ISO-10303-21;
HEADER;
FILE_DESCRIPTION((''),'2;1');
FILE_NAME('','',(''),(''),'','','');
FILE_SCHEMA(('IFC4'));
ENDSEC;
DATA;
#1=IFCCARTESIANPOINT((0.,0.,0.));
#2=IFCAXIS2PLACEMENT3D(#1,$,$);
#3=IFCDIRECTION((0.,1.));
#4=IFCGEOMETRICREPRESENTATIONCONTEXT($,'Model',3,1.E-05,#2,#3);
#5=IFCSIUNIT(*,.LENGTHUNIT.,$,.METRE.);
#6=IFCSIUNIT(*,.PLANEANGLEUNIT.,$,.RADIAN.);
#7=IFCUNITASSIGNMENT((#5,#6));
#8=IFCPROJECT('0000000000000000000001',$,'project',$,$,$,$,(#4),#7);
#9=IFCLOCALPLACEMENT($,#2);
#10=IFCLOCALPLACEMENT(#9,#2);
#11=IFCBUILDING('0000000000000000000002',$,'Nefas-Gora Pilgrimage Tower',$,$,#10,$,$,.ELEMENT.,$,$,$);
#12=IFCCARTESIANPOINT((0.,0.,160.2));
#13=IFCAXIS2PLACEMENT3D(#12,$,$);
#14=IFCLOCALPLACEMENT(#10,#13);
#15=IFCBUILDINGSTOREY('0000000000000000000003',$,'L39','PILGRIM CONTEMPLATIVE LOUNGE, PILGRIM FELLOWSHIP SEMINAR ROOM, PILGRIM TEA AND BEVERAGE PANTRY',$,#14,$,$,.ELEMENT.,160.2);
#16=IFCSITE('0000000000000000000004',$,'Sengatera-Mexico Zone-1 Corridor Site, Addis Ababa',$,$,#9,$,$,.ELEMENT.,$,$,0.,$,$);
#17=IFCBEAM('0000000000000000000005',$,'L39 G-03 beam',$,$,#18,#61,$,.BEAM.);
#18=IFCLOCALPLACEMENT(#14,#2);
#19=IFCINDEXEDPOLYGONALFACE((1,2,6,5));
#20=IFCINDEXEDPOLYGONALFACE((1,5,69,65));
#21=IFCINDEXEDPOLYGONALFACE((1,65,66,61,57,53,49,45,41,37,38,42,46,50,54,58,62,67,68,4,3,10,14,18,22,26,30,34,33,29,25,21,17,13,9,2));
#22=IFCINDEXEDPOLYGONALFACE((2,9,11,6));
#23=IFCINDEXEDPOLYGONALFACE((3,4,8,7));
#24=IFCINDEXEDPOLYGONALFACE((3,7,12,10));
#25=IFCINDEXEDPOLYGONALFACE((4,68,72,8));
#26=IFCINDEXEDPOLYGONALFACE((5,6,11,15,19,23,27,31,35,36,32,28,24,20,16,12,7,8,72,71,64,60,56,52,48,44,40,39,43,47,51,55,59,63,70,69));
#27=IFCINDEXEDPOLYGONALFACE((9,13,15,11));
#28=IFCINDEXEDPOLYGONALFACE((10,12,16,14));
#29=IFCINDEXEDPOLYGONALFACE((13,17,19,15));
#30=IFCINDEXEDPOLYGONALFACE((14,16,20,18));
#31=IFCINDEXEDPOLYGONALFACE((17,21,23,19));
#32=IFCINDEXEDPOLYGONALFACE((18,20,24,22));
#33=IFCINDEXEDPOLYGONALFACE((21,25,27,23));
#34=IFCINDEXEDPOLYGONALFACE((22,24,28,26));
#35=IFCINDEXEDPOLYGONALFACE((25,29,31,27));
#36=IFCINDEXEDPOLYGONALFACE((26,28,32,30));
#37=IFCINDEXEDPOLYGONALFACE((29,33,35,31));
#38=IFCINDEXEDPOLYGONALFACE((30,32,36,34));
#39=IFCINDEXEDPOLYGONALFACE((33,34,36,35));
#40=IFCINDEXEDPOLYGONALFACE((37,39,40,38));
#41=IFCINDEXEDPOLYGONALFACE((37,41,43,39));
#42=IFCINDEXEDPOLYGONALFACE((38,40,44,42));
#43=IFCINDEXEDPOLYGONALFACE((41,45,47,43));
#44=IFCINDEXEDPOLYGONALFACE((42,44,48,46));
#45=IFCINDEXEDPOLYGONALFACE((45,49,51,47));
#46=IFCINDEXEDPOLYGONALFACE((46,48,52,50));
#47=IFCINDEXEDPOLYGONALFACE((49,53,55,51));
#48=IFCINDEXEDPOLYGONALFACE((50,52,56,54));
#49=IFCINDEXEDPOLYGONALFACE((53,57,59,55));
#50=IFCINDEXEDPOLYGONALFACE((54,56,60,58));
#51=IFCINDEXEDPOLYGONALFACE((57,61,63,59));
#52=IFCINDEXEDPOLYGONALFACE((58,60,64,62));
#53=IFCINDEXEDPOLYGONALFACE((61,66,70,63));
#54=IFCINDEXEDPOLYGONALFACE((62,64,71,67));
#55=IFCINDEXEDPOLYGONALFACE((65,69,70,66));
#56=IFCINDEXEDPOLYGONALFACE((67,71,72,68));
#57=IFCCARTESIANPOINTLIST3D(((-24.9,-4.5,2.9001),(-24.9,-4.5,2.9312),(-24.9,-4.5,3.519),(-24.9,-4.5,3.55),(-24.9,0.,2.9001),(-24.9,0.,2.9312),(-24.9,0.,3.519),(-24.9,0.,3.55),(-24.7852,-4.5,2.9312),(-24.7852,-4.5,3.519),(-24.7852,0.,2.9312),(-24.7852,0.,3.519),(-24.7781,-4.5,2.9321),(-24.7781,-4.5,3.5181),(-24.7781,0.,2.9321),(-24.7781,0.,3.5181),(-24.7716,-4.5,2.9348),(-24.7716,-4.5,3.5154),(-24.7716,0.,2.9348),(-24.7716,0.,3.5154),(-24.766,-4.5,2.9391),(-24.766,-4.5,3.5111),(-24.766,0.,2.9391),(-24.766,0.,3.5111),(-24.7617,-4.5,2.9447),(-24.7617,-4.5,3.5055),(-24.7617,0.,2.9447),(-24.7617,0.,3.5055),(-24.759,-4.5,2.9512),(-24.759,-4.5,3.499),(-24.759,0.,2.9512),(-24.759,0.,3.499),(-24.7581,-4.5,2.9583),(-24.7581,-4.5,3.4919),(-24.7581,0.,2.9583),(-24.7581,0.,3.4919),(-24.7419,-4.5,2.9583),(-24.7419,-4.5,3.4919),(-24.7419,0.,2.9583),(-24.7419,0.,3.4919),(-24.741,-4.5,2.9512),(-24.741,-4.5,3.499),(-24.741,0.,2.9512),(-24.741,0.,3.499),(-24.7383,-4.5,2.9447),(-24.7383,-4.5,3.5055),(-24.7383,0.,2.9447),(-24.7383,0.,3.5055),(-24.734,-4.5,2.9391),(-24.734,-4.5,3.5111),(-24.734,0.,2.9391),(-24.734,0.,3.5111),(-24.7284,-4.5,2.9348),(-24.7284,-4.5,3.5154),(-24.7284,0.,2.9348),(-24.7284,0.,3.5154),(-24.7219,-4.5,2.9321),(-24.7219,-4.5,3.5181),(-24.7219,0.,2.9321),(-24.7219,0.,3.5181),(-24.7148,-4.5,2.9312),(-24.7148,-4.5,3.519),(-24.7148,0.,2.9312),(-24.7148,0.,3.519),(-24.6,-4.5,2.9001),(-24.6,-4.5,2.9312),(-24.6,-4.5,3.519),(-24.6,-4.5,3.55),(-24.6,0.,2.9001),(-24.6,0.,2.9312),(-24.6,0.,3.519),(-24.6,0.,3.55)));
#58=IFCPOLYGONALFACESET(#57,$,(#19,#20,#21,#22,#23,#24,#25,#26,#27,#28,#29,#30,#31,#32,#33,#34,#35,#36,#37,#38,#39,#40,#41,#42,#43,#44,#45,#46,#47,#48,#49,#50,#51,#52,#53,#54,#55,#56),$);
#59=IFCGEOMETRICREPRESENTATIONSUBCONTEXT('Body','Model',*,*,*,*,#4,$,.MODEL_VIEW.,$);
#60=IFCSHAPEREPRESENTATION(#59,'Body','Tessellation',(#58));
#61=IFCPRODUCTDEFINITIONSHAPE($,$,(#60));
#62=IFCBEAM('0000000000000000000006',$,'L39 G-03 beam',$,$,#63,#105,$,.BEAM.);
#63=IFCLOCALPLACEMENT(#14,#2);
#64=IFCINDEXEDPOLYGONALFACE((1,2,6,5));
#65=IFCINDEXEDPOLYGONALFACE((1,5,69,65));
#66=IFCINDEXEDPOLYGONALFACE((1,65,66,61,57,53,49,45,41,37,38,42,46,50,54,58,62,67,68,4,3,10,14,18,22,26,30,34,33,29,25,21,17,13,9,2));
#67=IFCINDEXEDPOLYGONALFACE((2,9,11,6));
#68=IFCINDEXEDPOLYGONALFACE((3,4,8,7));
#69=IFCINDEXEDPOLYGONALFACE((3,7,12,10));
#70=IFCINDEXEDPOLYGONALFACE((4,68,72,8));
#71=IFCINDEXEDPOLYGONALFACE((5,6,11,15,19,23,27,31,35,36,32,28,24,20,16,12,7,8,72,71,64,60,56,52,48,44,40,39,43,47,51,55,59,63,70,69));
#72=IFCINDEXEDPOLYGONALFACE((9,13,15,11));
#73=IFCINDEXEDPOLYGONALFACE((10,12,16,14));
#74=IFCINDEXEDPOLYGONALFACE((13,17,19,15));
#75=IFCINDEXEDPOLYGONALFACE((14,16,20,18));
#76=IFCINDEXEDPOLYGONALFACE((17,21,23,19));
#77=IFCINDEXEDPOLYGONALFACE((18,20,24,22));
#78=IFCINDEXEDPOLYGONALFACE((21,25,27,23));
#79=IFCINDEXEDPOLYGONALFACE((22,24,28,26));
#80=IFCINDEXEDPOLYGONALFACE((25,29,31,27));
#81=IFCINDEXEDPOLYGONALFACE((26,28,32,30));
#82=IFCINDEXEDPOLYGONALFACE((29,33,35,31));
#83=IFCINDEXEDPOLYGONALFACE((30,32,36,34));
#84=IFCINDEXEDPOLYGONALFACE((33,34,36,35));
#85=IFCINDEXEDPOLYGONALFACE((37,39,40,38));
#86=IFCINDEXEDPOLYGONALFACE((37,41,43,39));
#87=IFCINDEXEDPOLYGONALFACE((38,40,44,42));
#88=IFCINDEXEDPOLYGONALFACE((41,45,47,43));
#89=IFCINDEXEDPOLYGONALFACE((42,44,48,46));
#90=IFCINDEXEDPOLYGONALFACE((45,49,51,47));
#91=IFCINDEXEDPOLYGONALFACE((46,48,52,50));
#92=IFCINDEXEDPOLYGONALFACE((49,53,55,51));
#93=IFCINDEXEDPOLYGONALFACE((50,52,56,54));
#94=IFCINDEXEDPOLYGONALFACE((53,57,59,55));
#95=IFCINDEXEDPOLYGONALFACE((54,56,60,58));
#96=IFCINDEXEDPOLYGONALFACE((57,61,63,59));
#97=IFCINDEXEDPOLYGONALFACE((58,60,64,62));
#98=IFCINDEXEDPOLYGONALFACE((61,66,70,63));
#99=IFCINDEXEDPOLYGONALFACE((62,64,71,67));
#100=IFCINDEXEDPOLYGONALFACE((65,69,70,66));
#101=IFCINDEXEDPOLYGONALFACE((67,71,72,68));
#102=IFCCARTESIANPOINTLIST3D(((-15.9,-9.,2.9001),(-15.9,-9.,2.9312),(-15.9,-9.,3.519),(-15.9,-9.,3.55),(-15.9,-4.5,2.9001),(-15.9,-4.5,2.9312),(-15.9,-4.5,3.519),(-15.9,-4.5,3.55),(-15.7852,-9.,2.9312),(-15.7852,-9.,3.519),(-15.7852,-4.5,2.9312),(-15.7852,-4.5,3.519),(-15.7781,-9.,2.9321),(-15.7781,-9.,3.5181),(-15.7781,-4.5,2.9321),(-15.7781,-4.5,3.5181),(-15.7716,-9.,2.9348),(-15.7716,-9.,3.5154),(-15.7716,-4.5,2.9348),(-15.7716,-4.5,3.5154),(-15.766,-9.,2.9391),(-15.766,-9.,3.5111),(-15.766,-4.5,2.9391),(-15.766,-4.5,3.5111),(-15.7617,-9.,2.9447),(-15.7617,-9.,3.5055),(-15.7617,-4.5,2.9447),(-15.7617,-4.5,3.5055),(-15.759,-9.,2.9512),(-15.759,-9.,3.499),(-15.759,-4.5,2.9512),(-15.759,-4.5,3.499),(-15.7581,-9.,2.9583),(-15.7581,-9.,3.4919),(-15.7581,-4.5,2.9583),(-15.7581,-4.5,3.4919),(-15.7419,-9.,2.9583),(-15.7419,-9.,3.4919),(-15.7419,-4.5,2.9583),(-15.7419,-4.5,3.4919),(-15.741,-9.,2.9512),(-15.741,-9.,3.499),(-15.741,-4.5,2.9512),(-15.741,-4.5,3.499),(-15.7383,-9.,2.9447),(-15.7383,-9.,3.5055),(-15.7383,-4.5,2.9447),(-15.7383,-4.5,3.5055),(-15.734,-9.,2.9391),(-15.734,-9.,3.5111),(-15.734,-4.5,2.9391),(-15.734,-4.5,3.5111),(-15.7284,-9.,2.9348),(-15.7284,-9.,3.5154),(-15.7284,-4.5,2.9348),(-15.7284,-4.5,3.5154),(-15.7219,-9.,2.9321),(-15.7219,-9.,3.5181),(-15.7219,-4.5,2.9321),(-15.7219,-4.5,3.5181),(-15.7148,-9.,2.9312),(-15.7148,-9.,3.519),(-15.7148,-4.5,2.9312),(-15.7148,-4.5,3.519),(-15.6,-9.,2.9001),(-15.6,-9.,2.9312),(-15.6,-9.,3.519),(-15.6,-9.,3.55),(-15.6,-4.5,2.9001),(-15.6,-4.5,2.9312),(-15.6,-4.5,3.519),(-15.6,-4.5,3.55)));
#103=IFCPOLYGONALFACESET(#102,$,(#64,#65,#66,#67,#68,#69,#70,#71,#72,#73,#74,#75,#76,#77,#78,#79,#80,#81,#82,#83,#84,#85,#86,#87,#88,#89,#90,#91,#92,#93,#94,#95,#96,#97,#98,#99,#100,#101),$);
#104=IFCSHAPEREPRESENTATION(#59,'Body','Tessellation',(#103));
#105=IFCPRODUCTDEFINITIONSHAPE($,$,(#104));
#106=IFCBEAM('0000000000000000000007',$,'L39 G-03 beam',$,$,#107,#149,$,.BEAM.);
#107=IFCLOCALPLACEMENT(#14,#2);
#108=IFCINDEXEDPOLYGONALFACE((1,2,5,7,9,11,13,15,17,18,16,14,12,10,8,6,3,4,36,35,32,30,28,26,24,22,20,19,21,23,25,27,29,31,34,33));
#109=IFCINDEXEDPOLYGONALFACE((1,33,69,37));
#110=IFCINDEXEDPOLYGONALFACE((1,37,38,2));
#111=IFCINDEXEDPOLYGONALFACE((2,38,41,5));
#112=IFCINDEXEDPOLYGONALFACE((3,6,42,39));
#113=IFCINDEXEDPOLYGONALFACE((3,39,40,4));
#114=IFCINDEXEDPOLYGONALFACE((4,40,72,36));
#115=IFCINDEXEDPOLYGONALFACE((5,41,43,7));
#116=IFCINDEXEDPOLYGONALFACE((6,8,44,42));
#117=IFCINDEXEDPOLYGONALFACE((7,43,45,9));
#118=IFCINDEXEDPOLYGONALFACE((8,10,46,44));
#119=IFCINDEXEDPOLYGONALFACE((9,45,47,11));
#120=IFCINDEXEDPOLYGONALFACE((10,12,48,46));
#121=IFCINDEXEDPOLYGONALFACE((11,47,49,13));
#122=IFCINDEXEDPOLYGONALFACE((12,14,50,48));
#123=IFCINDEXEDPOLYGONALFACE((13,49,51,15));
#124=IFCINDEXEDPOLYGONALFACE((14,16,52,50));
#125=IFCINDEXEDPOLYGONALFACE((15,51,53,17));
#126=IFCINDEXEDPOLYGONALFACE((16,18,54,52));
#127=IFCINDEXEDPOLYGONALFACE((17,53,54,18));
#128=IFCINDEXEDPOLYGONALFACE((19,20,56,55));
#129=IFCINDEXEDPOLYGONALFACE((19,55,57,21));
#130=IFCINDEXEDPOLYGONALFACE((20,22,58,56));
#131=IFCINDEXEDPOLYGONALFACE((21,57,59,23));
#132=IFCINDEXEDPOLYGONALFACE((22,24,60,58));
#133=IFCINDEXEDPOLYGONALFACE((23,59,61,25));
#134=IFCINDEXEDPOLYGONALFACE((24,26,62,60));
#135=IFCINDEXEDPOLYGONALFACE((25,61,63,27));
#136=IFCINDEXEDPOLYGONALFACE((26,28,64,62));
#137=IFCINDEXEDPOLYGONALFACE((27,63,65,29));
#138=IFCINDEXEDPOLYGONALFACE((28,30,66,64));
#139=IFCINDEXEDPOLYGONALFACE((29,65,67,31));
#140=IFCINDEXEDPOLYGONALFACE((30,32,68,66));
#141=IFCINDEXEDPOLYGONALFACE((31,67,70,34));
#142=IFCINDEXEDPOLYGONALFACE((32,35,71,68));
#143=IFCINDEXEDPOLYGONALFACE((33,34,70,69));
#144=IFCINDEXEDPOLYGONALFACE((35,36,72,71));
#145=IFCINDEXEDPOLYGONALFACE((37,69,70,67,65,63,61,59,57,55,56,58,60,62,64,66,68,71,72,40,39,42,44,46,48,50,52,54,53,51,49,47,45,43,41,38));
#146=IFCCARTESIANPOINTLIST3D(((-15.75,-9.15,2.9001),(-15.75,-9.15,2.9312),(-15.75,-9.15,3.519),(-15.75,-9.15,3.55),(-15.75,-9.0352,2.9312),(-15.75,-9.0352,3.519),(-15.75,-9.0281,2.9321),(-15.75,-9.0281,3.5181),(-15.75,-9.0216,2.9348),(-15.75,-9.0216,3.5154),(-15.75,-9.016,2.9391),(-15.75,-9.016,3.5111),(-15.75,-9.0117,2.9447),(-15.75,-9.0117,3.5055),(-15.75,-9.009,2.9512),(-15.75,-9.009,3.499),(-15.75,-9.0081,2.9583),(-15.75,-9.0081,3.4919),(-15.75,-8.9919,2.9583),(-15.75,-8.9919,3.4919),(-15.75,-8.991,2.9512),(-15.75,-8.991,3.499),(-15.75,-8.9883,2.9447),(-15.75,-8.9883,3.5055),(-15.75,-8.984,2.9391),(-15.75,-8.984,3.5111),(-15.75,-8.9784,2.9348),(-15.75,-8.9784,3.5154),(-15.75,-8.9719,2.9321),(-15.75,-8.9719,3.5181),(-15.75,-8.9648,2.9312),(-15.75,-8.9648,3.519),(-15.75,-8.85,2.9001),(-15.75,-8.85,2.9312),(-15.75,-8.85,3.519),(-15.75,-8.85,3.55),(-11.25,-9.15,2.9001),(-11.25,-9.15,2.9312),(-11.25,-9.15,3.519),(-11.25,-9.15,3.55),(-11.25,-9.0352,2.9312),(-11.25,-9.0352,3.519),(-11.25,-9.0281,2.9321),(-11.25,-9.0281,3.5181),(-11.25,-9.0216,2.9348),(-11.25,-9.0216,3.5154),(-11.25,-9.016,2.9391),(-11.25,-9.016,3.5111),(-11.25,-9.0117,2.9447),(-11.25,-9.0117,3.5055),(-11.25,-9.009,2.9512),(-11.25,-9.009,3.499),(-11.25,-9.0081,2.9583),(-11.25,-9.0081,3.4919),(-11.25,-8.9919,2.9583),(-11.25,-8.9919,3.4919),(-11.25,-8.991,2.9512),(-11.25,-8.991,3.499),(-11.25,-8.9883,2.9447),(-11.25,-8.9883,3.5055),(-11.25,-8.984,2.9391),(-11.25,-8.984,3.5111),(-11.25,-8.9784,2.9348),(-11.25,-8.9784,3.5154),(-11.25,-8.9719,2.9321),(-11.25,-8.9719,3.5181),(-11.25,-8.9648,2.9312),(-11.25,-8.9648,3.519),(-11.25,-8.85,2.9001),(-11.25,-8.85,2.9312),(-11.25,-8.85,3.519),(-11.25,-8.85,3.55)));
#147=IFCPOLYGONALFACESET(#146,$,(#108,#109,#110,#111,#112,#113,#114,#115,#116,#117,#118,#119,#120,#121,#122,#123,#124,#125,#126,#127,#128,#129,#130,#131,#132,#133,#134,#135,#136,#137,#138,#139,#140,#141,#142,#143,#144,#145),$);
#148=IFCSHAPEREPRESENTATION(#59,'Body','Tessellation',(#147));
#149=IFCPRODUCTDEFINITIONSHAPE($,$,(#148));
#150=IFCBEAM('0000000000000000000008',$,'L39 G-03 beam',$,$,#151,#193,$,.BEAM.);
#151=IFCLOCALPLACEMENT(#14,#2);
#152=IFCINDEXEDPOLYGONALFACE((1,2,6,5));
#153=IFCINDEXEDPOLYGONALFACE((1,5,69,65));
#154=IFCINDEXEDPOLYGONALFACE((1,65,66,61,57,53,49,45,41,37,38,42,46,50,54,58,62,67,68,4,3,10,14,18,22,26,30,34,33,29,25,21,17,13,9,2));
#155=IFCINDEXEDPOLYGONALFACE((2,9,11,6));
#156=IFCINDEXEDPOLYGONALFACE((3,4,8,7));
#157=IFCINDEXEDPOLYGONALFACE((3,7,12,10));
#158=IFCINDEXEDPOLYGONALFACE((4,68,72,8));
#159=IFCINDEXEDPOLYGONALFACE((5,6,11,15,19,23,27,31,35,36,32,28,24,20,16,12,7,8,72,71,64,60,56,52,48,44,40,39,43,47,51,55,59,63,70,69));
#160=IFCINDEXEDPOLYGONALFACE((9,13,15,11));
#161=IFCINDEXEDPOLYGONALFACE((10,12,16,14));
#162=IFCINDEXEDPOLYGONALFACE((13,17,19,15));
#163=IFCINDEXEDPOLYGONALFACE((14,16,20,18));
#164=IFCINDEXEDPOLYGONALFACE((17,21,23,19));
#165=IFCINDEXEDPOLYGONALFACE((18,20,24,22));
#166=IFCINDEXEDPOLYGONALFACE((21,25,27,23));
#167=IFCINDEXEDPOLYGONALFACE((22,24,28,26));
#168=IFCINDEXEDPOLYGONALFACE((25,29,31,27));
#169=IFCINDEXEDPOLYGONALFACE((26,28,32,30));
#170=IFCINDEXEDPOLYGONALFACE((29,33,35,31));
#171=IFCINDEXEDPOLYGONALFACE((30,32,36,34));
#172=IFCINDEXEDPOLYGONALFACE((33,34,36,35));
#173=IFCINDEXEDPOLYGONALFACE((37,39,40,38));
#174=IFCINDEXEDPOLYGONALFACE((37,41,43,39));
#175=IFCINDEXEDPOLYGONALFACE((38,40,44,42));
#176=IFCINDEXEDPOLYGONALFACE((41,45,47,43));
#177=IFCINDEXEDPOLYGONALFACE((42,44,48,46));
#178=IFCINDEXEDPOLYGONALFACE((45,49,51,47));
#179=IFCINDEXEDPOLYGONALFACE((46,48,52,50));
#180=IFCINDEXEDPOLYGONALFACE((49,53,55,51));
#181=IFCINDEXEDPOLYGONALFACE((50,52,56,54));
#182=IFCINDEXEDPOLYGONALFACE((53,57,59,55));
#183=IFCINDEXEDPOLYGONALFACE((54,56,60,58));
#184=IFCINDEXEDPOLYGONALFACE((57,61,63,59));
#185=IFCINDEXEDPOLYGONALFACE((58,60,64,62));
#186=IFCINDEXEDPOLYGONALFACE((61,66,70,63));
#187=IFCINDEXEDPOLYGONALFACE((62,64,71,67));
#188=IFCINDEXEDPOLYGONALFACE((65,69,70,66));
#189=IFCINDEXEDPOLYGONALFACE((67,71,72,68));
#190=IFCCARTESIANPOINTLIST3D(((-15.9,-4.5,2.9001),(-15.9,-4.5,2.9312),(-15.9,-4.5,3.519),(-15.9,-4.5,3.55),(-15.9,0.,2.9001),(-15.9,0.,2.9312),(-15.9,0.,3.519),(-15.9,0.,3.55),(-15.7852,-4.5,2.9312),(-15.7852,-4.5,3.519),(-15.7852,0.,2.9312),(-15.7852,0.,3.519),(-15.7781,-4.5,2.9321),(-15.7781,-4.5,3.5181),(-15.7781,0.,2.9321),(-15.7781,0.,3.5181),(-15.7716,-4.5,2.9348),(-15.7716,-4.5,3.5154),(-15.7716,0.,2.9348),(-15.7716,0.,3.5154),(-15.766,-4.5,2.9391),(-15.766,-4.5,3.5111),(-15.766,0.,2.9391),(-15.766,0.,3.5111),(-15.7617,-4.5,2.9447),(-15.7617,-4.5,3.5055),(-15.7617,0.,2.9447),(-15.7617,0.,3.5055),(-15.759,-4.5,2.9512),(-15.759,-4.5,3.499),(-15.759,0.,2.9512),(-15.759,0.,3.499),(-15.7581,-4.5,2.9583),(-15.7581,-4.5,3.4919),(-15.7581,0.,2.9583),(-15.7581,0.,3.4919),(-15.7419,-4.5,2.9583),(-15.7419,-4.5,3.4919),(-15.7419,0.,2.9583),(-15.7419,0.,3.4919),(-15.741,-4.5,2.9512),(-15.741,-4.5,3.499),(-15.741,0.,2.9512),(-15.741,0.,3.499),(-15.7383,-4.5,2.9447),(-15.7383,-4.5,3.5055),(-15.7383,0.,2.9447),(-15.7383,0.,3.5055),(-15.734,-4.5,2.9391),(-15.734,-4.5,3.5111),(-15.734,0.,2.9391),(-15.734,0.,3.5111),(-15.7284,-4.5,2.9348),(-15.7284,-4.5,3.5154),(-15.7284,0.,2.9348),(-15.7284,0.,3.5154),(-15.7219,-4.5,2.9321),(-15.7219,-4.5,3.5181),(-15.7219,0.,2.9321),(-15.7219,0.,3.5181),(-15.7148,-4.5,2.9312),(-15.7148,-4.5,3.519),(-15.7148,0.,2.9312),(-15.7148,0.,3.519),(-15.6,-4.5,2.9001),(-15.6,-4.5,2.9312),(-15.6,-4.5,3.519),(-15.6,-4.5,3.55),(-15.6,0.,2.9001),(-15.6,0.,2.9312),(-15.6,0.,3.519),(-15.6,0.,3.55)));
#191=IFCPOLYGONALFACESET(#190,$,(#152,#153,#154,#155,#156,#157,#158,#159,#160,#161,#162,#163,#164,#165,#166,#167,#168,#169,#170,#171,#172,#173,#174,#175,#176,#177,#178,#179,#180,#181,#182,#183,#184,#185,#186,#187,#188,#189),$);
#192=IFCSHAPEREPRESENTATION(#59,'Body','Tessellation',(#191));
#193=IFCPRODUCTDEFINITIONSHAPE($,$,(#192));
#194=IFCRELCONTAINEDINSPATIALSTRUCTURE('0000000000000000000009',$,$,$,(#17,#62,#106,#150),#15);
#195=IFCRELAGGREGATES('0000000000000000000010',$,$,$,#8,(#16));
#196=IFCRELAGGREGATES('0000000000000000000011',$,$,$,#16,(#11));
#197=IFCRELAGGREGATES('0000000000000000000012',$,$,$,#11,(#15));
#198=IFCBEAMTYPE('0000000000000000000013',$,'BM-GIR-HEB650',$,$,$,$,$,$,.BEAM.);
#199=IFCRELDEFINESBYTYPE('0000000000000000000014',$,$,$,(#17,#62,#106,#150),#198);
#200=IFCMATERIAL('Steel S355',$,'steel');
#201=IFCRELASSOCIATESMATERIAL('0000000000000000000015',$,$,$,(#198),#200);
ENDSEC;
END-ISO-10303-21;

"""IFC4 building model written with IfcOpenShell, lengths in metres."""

from ifc_helpers import new_model, si_unit, direction, frame, origin, origin_2d, place, context, subcontext, project, spatial, i_section, extrude, source, transform, mapped, material, material_profile, profile_set, type_object, element, save


model = new_model("IFC4")

# Units and contexts
model_context = context("Model", 3, precision=1e-05, world=origin(), true_north=direction((0.0, 1.0)))
body_context = subcontext(model_context, "Body", "Model", "MODEL_VIEW")
ifc_project = project(units=[si_unit("LENGTHUNIT", "METRE"), si_unit("PLANEANGLEUNIT", "RADIAN")], contexts=[model_context])

# Site, building, storey
site_placement = place(None, origin())
site = spatial("IfcSite", under=ifc_project, at=site_placement, Name="Sengatera-Mexico Zone-1 Corridor Site, Addis Ababa", CompositionType="ELEMENT", RefElevation=0.0)
building_placement = place(site_placement, origin())
building = spatial("IfcBuilding", under=site, at=building_placement, Name="Nefas-Gora Pilgrimage Tower", CompositionType="ELEMENT")
storey_placement = place(building_placement, frame((0.0, 0.0, 160.2)))
storey = spatial("IfcBuildingStorey", under=building, at=storey_placement, Name="L39", Description="PILGRIM CONTEMPLATIVE LOUNGE, PILGRIM FELLOWSHIP SEMINAR ROOM, PILGRIM TEA AND BEVERAGE PANTRY", CompositionType="ELEMENT", Elevation=160.2)

# Beams
ifc_material_1 = material(Name="Steel S355", Category="steel")
ifc_material_profile_1 = material_profile(ifc_material_1, i_section(OverallWidth=0.3, OverallDepth=0.6499, WebThickness=0.0161, FlangeThickness=0.031, FilletRadius=0.0271, at=origin_2d()), Name="HEB 650")
ifc_profile_set_1 = profile_set([ifc_material_profile_1], Name="Steel S355")
beam_type_1 = type_object("IfcBeamType", Name="BM-GIR-HEB650", PredefinedType="BEAM", material=ifc_profile_set_1)
shared_shape_1 = source(origin(), body_context, "Body", "SweptSolid", [
    extrude(i_section(OverallWidth=0.3, OverallDepth=0.6499, WebThickness=0.0161, FlangeThickness=0.031, FilletRadius=0.0271, at=origin_2d()), origin(), (0.0, 0.0, 1.0), 4.5),
])
for number, where, z_axis, x_axis, name in (
    (1, (-24.75, -4.5, 3.2251), (0.0, 1.0, 0.0), (-1.0, 0.0, 0.0), "L39 G-03 beam"),
    (2, (-15.75, -9.0, 3.2251), (0.0, 1.0, 0.0), (-1.0, 0.0, 0.0), "L39 G-03 beam"),
    (3, (-15.75, -9.0, 3.2251), (1.0, 0.0, 0.0), (0.0, 1.0, 0.0), "L39 G-03 beam"),
    (4, (-15.75, -4.5, 3.2251), (0.0, 1.0, 0.0), (-1.0, 0.0, 0.0), "L39 G-03 beam"),
):
    element("IfcBeam", number, at=place(storey_placement, frame(where, z_axis=z_axis, x_axis=x_axis)), inside=storey, type_object=beam_type_1, Name=name, PredefinedType="BEAM", context=body_context, shape_type="MappedRepresentation", body=[
        mapped(shared_shape_1, transform((0.0, 0.0, 0.0), x_axis=(1.0, 0.0, 0.0), y_axis=(0.0, 1.0, 0.0), z_axis=(0.0, 0.0, 1.0), scale=1.0)),
    ])

save(model, "model.ifc")
